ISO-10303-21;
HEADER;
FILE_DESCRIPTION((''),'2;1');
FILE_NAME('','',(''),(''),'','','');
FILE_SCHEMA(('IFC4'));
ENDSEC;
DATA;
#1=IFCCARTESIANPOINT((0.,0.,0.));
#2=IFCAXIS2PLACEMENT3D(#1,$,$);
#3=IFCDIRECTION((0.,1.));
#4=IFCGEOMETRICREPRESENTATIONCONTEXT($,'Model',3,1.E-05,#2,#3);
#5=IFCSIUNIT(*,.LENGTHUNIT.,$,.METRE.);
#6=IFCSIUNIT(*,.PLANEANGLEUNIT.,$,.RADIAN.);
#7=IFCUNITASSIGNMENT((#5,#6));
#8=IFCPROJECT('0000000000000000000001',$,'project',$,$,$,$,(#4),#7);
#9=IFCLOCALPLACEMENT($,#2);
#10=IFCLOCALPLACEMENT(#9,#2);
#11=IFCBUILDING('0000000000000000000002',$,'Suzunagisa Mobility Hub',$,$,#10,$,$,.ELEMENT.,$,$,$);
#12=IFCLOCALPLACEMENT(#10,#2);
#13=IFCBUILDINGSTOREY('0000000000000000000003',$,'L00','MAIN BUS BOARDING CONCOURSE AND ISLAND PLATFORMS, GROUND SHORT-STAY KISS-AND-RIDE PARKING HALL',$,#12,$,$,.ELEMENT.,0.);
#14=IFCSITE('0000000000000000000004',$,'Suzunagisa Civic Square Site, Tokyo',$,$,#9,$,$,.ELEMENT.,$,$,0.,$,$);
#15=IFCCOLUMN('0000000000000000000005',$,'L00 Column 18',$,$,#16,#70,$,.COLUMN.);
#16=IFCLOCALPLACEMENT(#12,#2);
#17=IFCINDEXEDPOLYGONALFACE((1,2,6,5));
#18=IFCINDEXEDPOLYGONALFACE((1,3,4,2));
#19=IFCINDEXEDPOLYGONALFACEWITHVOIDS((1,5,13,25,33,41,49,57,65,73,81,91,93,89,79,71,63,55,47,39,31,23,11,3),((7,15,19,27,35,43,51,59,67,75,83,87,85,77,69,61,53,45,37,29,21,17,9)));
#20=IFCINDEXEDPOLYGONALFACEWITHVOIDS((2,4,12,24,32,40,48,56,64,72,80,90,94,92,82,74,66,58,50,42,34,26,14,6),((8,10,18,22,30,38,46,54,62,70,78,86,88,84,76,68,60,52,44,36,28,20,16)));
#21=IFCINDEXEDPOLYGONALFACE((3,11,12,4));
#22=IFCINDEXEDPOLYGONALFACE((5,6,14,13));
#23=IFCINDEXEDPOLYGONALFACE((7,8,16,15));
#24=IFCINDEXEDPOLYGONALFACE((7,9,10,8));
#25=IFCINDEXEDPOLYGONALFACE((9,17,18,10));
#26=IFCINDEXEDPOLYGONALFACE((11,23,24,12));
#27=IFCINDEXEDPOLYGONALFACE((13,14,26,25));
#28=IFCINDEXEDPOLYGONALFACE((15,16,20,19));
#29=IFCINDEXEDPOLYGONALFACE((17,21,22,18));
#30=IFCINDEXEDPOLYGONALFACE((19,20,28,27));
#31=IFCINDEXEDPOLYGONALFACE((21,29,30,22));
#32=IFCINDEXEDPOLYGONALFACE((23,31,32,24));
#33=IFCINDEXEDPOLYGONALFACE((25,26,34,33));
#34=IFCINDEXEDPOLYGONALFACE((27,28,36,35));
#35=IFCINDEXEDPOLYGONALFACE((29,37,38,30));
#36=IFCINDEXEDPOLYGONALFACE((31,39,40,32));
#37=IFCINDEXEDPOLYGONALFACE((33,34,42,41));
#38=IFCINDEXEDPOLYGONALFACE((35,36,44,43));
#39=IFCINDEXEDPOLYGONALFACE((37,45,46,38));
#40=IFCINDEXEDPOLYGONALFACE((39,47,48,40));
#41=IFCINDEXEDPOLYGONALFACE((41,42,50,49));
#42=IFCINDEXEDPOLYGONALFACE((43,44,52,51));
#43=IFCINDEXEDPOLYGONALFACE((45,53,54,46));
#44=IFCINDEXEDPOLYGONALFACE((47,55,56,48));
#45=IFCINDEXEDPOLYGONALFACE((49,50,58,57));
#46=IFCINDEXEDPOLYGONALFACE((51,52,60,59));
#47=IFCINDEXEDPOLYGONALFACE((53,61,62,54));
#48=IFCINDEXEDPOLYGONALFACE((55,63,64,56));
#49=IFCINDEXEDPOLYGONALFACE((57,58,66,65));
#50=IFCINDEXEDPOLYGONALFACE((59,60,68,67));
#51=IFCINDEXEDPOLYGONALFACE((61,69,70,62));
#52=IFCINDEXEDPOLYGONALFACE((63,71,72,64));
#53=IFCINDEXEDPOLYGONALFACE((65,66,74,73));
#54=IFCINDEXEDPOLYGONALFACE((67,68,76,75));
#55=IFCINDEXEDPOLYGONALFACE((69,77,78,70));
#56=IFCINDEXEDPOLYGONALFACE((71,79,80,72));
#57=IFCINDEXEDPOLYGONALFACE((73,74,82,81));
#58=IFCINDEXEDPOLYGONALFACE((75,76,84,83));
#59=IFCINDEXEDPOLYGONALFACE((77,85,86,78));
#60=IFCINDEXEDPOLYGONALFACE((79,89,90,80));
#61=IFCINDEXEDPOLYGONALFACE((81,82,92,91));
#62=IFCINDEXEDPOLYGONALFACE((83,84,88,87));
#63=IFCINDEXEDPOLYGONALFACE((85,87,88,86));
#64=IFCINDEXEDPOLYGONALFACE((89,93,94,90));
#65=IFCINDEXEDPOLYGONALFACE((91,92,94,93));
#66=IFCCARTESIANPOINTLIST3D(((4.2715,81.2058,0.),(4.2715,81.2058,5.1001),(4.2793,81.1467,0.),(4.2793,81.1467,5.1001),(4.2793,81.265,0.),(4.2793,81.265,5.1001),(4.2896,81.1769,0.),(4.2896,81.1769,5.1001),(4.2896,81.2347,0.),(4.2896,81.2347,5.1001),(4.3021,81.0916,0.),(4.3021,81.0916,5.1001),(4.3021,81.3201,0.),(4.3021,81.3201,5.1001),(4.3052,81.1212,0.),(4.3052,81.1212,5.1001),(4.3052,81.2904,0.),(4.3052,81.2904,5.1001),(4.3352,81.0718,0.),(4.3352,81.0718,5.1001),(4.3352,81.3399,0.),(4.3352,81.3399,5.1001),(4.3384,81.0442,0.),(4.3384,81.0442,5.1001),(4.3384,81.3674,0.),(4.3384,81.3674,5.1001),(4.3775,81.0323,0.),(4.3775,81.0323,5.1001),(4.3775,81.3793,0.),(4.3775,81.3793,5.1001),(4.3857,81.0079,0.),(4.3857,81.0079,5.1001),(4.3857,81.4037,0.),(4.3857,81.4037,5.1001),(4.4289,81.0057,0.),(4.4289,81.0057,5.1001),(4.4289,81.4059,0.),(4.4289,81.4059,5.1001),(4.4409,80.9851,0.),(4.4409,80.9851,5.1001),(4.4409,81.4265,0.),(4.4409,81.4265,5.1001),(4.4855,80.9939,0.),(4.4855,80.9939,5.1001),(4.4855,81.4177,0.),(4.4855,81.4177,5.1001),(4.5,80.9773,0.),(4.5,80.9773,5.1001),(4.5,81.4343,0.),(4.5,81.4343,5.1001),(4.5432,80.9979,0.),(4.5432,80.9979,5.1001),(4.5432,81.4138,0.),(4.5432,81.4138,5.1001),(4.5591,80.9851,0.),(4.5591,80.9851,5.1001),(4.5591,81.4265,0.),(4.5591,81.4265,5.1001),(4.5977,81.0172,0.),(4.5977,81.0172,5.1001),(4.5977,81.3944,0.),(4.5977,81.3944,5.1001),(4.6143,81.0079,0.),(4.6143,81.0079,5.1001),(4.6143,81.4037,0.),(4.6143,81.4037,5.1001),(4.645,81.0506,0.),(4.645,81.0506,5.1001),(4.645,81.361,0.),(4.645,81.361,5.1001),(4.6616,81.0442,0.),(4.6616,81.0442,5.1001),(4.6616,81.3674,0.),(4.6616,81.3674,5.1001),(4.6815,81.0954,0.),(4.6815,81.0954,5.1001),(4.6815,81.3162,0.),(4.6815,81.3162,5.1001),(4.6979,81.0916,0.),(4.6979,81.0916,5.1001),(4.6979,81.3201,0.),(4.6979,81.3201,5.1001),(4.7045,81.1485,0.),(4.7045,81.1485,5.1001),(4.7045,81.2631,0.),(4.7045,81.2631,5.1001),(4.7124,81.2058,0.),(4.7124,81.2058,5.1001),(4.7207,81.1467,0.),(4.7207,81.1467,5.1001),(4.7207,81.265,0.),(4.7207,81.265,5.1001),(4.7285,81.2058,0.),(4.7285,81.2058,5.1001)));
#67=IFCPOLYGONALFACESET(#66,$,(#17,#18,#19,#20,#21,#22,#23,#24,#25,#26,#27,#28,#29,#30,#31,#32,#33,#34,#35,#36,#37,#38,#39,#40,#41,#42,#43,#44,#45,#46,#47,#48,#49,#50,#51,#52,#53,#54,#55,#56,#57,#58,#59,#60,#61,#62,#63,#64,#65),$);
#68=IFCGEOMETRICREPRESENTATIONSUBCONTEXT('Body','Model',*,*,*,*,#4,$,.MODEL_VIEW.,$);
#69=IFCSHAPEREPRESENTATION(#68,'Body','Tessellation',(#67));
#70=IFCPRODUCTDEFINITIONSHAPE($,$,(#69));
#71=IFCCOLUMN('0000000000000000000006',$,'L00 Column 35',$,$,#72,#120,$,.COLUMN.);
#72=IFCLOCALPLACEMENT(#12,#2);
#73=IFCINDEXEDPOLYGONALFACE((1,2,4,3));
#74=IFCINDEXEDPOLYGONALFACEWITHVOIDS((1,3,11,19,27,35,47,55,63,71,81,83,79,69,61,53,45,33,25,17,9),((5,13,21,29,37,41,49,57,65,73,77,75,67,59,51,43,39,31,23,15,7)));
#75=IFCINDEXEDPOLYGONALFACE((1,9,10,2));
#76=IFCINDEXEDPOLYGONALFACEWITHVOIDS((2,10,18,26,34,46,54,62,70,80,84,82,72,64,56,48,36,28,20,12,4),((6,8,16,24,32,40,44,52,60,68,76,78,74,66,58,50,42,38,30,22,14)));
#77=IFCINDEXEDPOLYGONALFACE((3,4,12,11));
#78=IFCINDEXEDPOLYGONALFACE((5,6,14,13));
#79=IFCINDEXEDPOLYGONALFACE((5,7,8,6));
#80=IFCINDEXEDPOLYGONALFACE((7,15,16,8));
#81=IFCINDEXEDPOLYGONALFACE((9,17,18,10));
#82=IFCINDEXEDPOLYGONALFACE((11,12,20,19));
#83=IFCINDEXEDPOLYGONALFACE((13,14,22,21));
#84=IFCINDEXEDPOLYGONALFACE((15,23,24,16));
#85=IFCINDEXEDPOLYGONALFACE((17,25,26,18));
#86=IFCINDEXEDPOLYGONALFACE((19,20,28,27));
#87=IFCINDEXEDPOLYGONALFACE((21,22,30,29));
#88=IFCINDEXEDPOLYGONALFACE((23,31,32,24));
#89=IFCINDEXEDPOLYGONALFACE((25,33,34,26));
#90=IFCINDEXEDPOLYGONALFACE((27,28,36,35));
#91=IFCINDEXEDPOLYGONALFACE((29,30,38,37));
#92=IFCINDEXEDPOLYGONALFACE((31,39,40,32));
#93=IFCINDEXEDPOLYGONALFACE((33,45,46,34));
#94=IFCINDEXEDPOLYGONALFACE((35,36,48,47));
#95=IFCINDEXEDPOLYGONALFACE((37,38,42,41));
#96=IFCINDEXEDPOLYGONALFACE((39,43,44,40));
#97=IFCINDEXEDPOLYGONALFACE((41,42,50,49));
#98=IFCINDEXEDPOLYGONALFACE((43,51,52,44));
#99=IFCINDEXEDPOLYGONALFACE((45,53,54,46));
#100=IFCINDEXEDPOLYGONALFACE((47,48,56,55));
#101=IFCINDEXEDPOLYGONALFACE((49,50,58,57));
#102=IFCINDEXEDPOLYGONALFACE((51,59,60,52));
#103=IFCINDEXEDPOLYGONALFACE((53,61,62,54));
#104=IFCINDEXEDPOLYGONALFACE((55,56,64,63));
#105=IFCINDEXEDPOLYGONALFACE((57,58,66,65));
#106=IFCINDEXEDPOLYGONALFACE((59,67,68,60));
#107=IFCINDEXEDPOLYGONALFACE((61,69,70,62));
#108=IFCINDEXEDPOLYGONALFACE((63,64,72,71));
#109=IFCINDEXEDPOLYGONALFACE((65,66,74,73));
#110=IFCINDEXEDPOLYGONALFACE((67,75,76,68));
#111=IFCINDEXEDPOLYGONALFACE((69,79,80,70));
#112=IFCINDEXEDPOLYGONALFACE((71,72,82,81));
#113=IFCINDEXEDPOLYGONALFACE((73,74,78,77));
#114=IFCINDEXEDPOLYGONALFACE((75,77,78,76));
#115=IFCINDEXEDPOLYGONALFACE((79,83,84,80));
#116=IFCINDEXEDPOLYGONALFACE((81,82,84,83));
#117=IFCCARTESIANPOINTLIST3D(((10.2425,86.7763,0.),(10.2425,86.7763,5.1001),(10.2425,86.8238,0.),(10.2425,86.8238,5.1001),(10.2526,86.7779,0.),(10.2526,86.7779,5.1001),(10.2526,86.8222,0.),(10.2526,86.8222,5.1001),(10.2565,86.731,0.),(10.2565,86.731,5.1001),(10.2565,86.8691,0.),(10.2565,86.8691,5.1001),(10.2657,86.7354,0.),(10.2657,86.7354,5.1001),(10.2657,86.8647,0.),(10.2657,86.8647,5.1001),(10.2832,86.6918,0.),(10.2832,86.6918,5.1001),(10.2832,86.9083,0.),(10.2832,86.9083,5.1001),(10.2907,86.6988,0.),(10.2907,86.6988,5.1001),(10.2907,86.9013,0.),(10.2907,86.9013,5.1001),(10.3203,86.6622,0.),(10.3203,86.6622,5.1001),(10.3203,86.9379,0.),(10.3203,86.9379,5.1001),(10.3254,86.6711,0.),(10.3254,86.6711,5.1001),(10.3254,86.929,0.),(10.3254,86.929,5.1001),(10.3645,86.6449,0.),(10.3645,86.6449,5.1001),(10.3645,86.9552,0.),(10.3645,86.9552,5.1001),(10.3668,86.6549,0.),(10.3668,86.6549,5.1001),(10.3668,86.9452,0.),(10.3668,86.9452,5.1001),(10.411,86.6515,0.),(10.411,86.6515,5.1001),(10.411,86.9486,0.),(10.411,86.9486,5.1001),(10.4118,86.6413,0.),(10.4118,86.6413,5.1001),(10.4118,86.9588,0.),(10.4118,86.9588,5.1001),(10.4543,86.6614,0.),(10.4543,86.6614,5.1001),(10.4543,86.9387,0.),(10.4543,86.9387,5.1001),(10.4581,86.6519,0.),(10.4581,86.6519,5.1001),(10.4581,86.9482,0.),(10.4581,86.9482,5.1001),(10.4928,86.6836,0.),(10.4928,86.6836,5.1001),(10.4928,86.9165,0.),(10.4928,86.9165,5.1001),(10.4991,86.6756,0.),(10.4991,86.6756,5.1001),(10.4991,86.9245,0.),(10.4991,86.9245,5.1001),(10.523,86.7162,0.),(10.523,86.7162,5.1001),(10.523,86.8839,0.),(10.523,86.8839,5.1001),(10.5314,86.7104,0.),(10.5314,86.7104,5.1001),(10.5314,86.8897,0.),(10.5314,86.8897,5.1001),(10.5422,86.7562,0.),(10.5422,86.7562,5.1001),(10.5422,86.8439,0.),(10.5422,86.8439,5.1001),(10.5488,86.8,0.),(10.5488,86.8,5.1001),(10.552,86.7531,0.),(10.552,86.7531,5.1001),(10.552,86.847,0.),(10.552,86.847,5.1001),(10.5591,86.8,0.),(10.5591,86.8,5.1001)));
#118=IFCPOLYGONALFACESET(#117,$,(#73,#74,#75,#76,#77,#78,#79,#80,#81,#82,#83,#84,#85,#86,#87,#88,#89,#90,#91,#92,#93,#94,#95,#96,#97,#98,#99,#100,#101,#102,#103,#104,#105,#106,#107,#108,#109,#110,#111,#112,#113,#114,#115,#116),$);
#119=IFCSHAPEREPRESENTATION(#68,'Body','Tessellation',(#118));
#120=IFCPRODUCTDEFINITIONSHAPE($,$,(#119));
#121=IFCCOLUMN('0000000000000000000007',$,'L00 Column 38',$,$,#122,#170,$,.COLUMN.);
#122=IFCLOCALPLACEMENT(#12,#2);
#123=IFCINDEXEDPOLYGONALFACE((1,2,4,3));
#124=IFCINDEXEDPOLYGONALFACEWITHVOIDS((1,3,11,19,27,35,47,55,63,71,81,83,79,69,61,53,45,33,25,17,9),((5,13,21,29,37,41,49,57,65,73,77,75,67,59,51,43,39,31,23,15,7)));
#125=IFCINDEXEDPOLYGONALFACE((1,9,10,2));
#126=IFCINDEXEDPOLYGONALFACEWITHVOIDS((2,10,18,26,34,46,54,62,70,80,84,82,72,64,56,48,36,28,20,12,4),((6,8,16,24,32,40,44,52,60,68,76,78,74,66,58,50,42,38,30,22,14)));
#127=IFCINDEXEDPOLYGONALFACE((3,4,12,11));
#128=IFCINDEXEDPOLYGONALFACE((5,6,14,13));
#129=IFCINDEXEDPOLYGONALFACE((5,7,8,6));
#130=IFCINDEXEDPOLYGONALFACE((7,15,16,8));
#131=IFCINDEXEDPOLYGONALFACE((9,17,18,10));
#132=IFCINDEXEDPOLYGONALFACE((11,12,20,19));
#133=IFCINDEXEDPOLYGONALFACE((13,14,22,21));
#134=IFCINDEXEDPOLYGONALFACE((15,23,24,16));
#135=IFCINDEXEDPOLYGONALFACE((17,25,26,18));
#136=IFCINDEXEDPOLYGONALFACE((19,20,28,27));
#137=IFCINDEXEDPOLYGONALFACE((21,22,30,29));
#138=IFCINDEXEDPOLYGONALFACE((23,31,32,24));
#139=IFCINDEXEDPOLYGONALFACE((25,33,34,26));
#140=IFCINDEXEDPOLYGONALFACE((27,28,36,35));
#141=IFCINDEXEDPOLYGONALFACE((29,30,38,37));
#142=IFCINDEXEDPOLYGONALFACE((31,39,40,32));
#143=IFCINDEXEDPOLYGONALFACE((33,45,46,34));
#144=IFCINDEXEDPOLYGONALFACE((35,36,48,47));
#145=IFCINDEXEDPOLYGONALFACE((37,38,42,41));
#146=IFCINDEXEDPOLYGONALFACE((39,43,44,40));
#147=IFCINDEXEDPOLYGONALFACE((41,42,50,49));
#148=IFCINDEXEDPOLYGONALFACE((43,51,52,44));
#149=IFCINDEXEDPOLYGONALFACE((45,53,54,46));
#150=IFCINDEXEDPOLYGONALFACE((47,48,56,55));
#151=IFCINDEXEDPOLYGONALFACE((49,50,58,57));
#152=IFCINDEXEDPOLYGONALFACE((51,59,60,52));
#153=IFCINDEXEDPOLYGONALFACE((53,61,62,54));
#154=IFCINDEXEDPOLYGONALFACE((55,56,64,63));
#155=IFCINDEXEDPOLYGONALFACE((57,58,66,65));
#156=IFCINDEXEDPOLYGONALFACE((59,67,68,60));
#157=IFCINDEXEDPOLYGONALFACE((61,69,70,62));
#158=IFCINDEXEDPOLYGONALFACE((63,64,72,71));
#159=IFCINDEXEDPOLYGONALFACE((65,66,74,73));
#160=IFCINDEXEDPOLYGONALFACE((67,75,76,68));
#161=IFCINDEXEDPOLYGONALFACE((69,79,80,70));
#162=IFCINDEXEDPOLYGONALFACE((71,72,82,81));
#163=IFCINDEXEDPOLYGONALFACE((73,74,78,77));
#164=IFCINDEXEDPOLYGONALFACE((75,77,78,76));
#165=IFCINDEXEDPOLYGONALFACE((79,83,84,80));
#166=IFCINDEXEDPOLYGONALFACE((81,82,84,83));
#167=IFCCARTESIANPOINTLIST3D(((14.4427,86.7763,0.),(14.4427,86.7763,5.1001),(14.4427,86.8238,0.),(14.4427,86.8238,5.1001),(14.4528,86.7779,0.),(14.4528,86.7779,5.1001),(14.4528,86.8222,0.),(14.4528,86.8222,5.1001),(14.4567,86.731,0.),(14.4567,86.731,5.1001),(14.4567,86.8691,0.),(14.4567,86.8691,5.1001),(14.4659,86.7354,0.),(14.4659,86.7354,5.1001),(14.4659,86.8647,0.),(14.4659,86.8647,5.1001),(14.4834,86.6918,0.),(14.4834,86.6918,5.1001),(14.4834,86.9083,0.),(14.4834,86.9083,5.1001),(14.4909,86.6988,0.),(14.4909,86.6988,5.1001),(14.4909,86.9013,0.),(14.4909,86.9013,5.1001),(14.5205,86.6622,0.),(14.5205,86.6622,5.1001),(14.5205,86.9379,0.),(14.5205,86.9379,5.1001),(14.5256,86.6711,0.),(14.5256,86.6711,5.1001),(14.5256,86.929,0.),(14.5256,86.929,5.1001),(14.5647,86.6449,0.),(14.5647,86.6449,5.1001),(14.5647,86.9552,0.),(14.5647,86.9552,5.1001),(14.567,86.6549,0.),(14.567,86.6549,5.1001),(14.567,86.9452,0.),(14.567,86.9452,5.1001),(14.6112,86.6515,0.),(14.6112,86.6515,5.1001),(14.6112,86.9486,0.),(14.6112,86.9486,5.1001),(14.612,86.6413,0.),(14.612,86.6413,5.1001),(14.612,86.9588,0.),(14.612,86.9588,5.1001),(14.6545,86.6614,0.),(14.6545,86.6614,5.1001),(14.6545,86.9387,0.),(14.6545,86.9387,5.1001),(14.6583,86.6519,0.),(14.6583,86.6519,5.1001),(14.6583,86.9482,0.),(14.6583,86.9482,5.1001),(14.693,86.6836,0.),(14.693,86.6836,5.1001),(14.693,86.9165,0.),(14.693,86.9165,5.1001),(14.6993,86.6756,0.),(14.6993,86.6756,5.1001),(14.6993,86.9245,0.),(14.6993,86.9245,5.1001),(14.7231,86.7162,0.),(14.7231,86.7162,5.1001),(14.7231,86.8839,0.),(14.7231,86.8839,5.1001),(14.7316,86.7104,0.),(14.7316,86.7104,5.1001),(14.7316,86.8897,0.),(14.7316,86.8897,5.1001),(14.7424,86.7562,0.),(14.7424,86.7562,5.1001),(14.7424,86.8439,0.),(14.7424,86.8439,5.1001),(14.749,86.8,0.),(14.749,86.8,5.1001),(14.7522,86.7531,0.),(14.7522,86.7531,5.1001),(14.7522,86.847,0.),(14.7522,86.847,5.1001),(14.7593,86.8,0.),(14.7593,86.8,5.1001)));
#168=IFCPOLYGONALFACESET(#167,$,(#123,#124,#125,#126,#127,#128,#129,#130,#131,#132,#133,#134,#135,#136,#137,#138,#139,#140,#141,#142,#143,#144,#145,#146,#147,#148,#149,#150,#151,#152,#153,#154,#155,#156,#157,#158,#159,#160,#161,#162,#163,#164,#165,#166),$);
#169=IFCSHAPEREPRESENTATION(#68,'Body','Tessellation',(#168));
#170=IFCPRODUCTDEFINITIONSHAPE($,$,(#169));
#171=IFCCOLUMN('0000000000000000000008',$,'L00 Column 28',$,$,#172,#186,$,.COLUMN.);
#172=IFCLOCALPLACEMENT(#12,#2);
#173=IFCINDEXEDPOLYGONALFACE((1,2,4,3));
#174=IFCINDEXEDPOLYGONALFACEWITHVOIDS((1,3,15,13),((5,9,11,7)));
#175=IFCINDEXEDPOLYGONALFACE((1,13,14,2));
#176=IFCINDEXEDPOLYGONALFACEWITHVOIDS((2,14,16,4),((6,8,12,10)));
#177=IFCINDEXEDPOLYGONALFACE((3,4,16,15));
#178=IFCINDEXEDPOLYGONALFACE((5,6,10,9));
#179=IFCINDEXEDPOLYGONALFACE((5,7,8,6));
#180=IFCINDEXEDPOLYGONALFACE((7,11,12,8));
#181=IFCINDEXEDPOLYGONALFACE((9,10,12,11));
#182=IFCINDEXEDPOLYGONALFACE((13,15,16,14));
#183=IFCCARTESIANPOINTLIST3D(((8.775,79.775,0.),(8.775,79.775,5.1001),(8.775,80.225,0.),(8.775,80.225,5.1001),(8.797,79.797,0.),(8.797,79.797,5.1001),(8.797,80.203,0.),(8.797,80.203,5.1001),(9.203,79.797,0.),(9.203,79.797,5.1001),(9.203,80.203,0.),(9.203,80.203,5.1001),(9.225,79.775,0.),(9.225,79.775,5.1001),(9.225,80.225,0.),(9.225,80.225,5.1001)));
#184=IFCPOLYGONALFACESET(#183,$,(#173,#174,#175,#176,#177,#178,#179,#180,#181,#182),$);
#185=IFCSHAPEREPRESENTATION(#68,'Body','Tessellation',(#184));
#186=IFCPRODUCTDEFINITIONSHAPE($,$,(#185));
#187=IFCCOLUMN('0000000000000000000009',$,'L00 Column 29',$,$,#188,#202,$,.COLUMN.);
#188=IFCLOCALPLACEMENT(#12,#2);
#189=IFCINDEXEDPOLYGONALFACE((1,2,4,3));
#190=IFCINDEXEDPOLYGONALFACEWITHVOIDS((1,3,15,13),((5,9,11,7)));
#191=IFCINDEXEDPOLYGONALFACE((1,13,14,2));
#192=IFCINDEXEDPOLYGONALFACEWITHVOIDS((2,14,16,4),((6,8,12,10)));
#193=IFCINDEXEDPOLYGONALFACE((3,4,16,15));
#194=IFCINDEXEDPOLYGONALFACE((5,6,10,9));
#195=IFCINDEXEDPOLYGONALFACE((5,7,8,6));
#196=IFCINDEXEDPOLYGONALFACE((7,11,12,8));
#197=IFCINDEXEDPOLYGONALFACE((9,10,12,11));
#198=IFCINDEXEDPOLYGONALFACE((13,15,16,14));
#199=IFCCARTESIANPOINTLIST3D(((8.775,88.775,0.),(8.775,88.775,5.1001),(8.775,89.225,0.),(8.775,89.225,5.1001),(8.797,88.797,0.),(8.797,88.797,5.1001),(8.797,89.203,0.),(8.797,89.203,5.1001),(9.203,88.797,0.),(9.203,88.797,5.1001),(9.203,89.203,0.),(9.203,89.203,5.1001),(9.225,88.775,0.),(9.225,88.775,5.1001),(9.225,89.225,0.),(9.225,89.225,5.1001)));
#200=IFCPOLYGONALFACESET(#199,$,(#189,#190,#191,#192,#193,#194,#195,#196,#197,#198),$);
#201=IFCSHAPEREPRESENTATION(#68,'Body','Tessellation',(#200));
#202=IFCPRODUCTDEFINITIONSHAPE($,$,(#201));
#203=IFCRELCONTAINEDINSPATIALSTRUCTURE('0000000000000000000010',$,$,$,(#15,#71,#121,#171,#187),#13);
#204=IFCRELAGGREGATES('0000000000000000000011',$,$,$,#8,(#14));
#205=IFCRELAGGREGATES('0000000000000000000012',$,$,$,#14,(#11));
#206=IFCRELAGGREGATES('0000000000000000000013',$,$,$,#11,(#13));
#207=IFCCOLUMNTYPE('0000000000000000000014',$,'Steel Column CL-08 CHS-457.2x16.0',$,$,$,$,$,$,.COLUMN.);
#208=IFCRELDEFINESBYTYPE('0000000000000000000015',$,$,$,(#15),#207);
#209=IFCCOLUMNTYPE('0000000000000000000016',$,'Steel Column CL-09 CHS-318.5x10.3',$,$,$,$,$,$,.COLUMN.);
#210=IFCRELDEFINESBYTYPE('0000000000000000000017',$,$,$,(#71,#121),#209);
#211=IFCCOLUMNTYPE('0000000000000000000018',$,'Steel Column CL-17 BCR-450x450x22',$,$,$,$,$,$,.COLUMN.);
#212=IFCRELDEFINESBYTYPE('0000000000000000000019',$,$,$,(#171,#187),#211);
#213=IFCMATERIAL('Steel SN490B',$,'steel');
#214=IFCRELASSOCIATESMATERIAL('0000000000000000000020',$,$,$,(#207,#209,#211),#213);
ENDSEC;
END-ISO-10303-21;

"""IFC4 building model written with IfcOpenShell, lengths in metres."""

from ifc_helpers import new_model, si_unit, direction, frame, origin, origin_2d, place, context, subcontext, project, spatial, hollow_rectangle, hollow_circle, extrude, material, material_profile, profile_set, type_object, element, save


model = new_model("IFC4")

# Units and contexts
model_context = context("Model", 3, precision=1e-05, world=origin(), true_north=direction((0.0, 1.0)))
body_context = subcontext(model_context, "Body", "Model", "MODEL_VIEW")
ifc_project = project(units=[si_unit("LENGTHUNIT", "METRE"), si_unit("PLANEANGLEUNIT", "RADIAN")], contexts=[model_context])

# Site, building, storey
site_placement = place(None, origin())
site = spatial("IfcSite", under=ifc_project, at=site_placement, Name="Suzunagisa Civic Square Site, Tokyo", CompositionType="ELEMENT", RefElevation=0.0)
building_placement = place(site_placement, origin())
building = spatial("IfcBuilding", under=site, at=building_placement, Name="Suzunagisa Mobility Hub", CompositionType="ELEMENT")
storey_placement = place(building_placement, origin())
storey = spatial("IfcBuildingStorey", under=building, at=storey_placement, Name="L00", Description="MAIN BUS BOARDING CONCOURSE AND ISLAND PLATFORMS, GROUND SHORT-STAY KISS-AND-RIDE PARKING HALL", CompositionType="ELEMENT", Elevation=0.0)

# Columns
ifc_material_1 = material(Name="Steel SN490B", Category="steel")
ifc_material_profile_1 = material_profile(ifc_material_1, hollow_circle(Radius=0.2285, WallThickness=0.0161, at=origin_2d()), Name="CHS-457.2x16.0")
ifc_profile_set_1 = profile_set([ifc_material_profile_1], Name="Steel SN490B")
column_type_1 = type_object("IfcColumnType", Name="Steel Column CL-08 CHS-457.2x16.0", PredefinedType="COLUMN", material=ifc_profile_set_1)
column_placement = place(storey_placement, frame((4.5, 81.2058, 0.0), z_axis=(0.0, 0.0, 1.0), x_axis=(1.0, 0.0, 0.0)))
element("IfcColumn", 1, at=column_placement, inside=storey, type_object=column_type_1, Name="L00 Column 18", PredefinedType="COLUMN", context=body_context, shape_type="SweptSolid", body=[
    extrude(hollow_circle(Radius=0.2285, WallThickness=0.0161, at=origin_2d()), origin(), (0.0, 0.0, 1.0), 5.1001),
])
ifc_material_profile_2 = material_profile(ifc_material_1, hollow_circle(Radius=0.1592, WallThickness=0.0103, at=origin_2d()), Name="CHS-318.5x10.3")
ifc_profile_set_2 = profile_set([ifc_material_profile_2], Name="Steel SN490B")
column_type_2 = type_object("IfcColumnType", Name="Steel Column CL-09 CHS-318.5x10.3", PredefinedType="COLUMN", material=ifc_profile_set_2)
for number, where, z_axis, x_axis, name in (
    (2, (10.3999, 86.8, 0.0), (0.0, 0.0, 1.0), (1.0, 0.0, 0.0), "L00 Column 35"),
    (3, (14.6001, 86.8, 0.0), (0.0, 0.0, 1.0), (1.0, 0.0, 0.0), "L00 Column 38"),
):
    element("IfcColumn", number, at=place(storey_placement, frame(where, z_axis=z_axis, x_axis=x_axis)), inside=storey, type_object=column_type_2, Name=name, PredefinedType="COLUMN", context=body_context, shape_type="SweptSolid", body=[
        extrude(hollow_circle(Radius=0.1592, WallThickness=0.0103, at=origin_2d()), origin(), (0.0, 0.0, 1.0), 5.1001),
    ])
ifc_material_profile_3 = material_profile(ifc_material_1, hollow_rectangle(XDim=0.45, YDim=0.45, WallThickness=0.022, at=origin_2d()), Name="BCR-450x450x22")
ifc_profile_set_3 = profile_set([ifc_material_profile_3], Name="Steel SN490B")
column_type_3 = type_object("IfcColumnType", Name="Steel Column CL-17 BCR-450x450x22", PredefinedType="COLUMN", material=ifc_profile_set_3)
for number, where, z_axis, x_axis, name in (
    (4, (9.0, 80.0, 0.0), (0.0, 0.0, 1.0), (1.0, 0.0, 0.0), "L00 Column 28"),
    (5, (9.0, 89.0, 0.0), (0.0, 0.0, 1.0), (1.0, 0.0, 0.0), "L00 Column 29"),
):
    element("IfcColumn", number, at=place(storey_placement, frame(where, z_axis=z_axis, x_axis=x_axis)), inside=storey, type_object=column_type_3, Name=name, PredefinedType="COLUMN", context=body_context, shape_type="SweptSolid", body=[
        extrude(hollow_rectangle(XDim=0.45, YDim=0.45, WallThickness=0.022, at=origin_2d()), origin(), (0.0, 0.0, 1.0), 5.1001),
    ])

save(model, "model.ifc")
